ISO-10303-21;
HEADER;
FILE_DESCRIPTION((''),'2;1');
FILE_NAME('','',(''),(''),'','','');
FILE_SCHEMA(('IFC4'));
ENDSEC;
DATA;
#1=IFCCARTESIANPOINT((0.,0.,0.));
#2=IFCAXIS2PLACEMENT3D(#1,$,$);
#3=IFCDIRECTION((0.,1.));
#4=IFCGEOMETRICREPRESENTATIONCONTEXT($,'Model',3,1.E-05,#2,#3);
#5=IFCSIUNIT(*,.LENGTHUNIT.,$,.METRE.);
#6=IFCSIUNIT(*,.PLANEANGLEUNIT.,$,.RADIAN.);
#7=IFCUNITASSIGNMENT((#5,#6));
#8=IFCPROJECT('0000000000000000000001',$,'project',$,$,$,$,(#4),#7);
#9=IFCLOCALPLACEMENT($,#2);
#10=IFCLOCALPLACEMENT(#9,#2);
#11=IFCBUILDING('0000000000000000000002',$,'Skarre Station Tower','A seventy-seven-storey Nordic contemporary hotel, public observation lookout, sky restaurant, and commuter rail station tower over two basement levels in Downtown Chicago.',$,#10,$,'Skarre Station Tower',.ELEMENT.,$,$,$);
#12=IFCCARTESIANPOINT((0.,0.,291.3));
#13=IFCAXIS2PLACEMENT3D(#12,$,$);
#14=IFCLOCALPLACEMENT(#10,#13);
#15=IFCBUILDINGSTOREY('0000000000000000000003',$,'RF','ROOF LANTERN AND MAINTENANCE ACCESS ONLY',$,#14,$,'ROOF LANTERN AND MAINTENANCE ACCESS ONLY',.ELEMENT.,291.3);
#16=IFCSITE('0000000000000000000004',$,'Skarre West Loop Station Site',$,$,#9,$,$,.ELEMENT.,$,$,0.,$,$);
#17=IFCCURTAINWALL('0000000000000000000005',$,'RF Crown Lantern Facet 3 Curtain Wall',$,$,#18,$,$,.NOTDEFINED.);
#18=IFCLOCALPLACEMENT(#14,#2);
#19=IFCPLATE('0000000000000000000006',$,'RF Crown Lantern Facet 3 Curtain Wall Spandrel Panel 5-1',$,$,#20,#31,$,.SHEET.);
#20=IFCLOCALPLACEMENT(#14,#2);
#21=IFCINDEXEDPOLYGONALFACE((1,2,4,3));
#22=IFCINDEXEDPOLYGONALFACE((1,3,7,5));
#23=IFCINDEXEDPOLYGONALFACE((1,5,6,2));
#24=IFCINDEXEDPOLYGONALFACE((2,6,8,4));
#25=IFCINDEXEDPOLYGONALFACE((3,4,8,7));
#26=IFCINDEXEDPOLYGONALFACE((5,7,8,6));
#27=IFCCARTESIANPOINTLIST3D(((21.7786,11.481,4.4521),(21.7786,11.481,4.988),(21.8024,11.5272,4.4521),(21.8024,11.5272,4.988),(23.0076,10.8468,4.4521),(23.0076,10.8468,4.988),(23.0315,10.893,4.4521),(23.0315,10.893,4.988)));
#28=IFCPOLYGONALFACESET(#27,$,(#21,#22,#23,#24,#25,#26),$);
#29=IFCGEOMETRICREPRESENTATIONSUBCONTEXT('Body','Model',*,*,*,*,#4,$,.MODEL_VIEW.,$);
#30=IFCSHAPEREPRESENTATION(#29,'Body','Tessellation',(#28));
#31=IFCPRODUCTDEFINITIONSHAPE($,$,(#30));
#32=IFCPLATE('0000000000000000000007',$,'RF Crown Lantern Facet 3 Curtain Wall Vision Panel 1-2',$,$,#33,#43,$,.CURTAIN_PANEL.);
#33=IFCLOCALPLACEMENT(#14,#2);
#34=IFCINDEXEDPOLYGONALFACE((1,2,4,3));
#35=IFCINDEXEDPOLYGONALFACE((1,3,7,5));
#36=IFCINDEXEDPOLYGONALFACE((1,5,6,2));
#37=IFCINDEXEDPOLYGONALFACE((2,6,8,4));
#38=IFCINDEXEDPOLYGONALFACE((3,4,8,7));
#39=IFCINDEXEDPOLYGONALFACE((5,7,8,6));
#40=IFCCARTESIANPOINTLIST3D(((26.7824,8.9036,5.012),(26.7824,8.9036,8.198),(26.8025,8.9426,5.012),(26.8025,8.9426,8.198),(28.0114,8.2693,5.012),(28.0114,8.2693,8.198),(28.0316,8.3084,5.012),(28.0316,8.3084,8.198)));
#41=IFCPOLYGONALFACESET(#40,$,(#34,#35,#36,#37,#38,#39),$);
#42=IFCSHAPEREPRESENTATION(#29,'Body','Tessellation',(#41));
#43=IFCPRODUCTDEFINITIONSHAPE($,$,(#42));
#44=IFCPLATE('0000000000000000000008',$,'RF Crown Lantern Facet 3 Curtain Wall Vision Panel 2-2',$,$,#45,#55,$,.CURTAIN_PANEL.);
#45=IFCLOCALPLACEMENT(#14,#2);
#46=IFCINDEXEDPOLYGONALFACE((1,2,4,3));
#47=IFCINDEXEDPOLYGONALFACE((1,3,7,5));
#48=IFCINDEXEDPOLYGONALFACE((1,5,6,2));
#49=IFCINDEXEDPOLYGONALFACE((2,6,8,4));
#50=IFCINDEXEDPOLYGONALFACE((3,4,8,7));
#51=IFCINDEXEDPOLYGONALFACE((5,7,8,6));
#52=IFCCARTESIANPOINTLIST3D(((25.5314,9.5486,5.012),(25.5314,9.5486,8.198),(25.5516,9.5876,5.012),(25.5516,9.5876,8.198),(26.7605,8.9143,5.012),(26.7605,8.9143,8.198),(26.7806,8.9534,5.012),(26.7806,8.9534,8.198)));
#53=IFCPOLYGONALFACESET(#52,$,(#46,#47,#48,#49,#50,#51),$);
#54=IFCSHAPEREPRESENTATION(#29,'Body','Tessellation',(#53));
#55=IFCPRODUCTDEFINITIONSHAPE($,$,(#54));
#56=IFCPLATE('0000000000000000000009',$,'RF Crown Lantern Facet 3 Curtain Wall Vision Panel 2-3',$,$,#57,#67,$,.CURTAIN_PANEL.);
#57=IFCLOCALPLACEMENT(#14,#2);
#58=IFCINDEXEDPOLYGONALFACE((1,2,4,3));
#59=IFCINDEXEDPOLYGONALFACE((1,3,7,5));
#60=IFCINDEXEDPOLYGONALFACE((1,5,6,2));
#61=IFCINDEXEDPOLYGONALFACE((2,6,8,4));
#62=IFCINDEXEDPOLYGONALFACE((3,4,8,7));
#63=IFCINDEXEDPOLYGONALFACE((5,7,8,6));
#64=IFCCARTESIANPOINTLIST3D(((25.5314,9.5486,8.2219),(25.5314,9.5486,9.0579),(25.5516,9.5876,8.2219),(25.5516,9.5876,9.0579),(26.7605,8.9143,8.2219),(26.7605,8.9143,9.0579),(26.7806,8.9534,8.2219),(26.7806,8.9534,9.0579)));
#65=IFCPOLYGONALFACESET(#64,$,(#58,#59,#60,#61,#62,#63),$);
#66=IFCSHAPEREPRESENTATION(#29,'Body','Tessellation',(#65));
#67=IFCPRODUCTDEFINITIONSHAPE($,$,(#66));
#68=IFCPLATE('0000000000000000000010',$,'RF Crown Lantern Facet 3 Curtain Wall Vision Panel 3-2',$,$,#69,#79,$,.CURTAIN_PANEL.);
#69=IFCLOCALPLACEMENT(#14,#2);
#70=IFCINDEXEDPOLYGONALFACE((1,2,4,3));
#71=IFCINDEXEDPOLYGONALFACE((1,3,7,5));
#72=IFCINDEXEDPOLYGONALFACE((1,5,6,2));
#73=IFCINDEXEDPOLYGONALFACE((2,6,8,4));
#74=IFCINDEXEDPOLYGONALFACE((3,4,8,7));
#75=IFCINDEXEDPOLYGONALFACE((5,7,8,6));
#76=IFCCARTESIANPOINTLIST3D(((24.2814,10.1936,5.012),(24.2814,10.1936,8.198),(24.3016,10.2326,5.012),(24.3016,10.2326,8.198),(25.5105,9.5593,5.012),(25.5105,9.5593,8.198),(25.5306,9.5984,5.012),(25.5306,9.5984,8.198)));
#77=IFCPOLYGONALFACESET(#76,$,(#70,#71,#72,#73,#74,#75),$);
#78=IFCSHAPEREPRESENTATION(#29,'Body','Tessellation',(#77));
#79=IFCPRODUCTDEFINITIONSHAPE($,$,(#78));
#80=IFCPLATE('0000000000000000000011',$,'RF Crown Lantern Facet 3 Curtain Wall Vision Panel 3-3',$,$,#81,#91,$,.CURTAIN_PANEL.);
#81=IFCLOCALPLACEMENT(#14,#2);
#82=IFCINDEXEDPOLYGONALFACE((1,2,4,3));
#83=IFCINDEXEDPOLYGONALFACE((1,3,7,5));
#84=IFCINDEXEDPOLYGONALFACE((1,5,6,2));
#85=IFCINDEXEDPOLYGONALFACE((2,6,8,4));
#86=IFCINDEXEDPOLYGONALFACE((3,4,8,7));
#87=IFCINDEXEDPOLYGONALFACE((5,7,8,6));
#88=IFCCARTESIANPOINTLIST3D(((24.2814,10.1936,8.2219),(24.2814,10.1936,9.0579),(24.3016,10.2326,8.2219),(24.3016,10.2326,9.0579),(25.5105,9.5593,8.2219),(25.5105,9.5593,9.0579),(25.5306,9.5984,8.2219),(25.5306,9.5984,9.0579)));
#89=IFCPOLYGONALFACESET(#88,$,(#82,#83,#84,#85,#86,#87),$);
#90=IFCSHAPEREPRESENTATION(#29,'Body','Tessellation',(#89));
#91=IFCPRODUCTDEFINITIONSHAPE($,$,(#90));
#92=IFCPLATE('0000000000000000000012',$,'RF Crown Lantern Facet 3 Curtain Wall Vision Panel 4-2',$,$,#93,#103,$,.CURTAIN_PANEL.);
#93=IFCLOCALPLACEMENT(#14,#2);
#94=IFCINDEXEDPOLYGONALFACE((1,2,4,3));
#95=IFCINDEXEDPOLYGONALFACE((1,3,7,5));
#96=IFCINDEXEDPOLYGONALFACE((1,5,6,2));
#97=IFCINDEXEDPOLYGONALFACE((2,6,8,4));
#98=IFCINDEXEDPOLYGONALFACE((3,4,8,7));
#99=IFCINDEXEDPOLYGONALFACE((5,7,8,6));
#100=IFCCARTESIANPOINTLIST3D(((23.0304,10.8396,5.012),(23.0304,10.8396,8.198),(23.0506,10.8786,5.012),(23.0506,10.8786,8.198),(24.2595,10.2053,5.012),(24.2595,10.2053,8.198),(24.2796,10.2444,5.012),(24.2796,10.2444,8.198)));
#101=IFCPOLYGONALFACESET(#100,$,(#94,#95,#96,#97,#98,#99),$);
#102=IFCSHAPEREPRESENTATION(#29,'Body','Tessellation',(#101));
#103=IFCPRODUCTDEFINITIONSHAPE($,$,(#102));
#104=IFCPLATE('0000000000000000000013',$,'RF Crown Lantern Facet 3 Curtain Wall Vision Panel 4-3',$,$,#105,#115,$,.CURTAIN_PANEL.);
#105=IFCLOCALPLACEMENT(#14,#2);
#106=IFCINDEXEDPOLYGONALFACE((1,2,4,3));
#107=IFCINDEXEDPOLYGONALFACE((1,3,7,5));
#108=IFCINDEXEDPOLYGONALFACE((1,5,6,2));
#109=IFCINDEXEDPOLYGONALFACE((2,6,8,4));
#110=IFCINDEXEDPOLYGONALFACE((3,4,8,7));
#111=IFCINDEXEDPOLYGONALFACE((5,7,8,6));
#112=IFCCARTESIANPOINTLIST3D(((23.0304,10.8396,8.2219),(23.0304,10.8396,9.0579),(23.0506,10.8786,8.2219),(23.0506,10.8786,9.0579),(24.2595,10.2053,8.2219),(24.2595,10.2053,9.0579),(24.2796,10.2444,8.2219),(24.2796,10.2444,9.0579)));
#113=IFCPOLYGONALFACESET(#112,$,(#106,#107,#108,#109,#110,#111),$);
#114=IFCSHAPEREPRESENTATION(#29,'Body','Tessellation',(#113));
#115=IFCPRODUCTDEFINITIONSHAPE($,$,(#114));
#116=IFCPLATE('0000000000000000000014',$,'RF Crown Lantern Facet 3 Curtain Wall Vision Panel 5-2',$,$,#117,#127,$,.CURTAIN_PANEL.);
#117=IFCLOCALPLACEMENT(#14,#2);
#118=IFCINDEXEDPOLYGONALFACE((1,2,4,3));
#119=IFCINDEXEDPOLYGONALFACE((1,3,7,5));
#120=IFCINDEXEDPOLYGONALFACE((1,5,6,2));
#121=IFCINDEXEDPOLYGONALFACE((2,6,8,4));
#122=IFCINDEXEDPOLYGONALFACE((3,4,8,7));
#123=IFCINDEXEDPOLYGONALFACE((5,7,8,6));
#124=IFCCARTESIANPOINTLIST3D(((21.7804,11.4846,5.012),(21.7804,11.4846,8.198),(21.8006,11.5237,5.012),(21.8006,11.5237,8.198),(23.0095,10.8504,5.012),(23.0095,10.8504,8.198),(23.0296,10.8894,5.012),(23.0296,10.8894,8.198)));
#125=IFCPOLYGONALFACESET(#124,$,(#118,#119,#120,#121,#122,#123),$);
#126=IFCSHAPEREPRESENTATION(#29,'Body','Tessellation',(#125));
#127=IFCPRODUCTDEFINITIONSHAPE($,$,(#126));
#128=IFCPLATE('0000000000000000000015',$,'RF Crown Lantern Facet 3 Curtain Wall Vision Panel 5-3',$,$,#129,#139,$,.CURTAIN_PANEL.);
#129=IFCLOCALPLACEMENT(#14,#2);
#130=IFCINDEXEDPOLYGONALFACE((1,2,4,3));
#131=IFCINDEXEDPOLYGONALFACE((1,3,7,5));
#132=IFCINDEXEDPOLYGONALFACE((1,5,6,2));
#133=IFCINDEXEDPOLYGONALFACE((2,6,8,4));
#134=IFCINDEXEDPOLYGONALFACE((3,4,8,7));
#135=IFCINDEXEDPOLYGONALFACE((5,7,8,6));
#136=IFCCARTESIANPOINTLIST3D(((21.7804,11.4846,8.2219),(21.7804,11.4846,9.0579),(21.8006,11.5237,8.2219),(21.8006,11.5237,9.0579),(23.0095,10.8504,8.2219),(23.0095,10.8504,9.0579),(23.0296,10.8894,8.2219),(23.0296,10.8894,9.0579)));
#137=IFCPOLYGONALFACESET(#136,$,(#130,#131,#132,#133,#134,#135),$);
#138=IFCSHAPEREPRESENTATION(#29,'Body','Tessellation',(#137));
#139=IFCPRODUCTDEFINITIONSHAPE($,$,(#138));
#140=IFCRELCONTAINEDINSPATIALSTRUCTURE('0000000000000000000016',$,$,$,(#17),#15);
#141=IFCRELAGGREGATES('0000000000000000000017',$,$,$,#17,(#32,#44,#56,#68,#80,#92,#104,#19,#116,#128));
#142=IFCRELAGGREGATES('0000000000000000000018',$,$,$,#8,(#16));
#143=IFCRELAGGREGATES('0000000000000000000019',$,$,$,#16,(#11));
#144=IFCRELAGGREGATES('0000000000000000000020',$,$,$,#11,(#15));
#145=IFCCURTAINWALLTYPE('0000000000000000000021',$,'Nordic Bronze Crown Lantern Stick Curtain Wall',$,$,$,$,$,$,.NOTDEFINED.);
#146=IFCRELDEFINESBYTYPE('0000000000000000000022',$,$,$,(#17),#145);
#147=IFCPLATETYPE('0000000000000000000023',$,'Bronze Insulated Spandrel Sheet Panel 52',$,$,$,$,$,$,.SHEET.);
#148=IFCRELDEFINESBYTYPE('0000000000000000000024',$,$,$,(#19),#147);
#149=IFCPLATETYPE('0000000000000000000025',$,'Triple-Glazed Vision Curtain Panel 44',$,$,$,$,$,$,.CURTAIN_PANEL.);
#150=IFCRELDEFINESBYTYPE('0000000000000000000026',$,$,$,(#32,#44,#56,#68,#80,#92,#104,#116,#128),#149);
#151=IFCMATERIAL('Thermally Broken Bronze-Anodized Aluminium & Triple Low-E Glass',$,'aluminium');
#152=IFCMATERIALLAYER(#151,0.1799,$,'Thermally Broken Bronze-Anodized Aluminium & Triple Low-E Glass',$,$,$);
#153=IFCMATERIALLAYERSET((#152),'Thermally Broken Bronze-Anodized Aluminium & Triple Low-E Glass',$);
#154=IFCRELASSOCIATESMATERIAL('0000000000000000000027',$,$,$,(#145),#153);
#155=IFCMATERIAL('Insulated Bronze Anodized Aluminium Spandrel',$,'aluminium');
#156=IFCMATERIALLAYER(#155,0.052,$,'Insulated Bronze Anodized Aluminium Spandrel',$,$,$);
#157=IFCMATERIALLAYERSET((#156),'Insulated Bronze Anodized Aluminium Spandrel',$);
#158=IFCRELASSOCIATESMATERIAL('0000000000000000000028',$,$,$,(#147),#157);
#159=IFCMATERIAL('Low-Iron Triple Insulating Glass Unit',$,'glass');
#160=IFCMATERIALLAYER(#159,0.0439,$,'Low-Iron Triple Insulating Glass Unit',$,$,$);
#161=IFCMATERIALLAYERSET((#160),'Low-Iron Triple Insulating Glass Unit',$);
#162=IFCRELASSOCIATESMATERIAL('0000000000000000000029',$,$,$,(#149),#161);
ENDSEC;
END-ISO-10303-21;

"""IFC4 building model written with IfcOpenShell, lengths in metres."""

from ifc_helpers import new_model, si_unit, direction, frame, origin, origin_2d, place, context, subcontext, project, spatial, rectangle, extrude, material, layer, layer_set, type_object, element, aggregate, save


model = new_model("IFC4")

# Units and contexts
model_context = context("Model", 3, precision=1e-05, world=origin(), true_north=direction((0.0, 1.0)))
body_context = subcontext(model_context, "Body", "Model", "MODEL_VIEW")
ifc_project = project(units=[si_unit("LENGTHUNIT", "METRE"), si_unit("PLANEANGLEUNIT", "RADIAN")], contexts=[model_context])

# Site, building, storey
site_placement = place(None, origin())
site = spatial("IfcSite", under=ifc_project, at=site_placement, Name="Skarre West Loop Station Site", CompositionType="ELEMENT", RefElevation=0.0)
building_placement = place(site_placement, origin())
building = spatial("IfcBuilding", under=site, at=building_placement, Name="Skarre Station Tower", Description="A seventy-seven-storey Nordic contemporary hotel, public observation lookout, sky restaurant, and commuter rail station tower over two basement levels in Downtown Chicago.", LongName="Skarre Station Tower", CompositionType="ELEMENT")
storey_placement = place(building_placement, frame((0.0, 0.0, 291.3)))
storey = spatial("IfcBuildingStorey", under=building, at=storey_placement, Name="RF", Description="ROOF LANTERN AND MAINTENANCE ACCESS ONLY", LongName="ROOF LANTERN AND MAINTENANCE ACCESS ONLY", CompositionType="ELEMENT", Elevation=291.3)

# Curtain wall
ifc_material_1 = material(Name="Thermally Broken Bronze-Anodized Aluminium & Triple Low-E Glass", Category="aluminium")
ifc_layer_1 = layer(ifc_material_1, 0.1799, Name="Thermally Broken Bronze-Anodized Aluminium & Triple Low-E Glass")
ifc_layer_set_1 = layer_set([ifc_layer_1], Name="Thermally Broken Bronze-Anodized Aluminium & Triple Low-E Glass")
curtain_wall_type = type_object("IfcCurtainWallType", Name="Nordic Bronze Crown Lantern Stick Curtain Wall", PredefinedType="NOTDEFINED", material=ifc_layer_set_1)
curtain_wall_placement = place(storey_placement, origin())
curtain_wall = element("IfcCurtainWall", 1, at=curtain_wall_placement, inside=storey, type_object=curtain_wall_type, Name="RF Crown Lantern Facet 3 Curtain Wall", PredefinedType="NOTDEFINED")

# Plates
ifc_material_2 = material(Name="Insulated Bronze Anodized Aluminium Spandrel", Category="aluminium")
ifc_layer_2 = layer(ifc_material_2, 0.052, Name="Insulated Bronze Anodized Aluminium Spandrel")
ifc_layer_set_2 = layer_set([ifc_layer_2], Name="Insulated Bronze Anodized Aluminium Spandrel")
plate_type_1 = type_object("IfcPlateType", Name="Bronze Insulated Spandrel Sheet Panel 52", PredefinedType="SHEET", material=ifc_layer_set_2)
plate_1_placement = place(storey_placement, frame((22.405, 11.187, 4.4521), z_axis=(0.0, 0.0, 1.0), x_axis=(-0.888649, 0.458588, 0.0)))
plate_1 = element("IfcPlate", 2, at=plate_1_placement, type_object=plate_type_1, Name="RF Crown Lantern Facet 3 Curtain Wall Spandrel Panel 5-1", PredefinedType="SHEET", context=body_context, shape_type="SweptSolid", body=[
    extrude(rectangle(XDim=1.3831, YDim=0.052, at=origin_2d()), origin(), (0.0, 0.0, 1.0), 0.5359),
])
ifc_material_3 = material(Name="Low-Iron Triple Insulating Glass Unit", Category="glass")
ifc_layer_3 = layer(ifc_material_3, 0.0439, Name="Low-Iron Triple Insulating Glass Unit")
ifc_layer_set_3 = layer_set([ifc_layer_3], Name="Low-Iron Triple Insulating Glass Unit")
plate_type_2 = type_object("IfcPlateType", Name="Triple-Glazed Vision Curtain Panel 44", PredefinedType="CURTAIN_PANEL", material=ifc_layer_set_3)
plate_2_placement = place(storey_placement, frame((27.407, 8.606, 5.012), z_axis=(0.0, 0.0, 1.0), x_axis=(-0.888649, 0.458588, 0.0)))
plate_2 = element("IfcPlate", 3, at=plate_2_placement, type_object=plate_type_2, Name="RF Crown Lantern Facet 3 Curtain Wall Vision Panel 1-2", PredefinedType="CURTAIN_PANEL", context=body_context, shape_type="SweptSolid", body=[
    extrude(rectangle(XDim=1.3831, YDim=0.0439, at=origin_2d()), origin(), (0.0, 0.0, 1.0), 3.186),
])
plate_3_placement = place(storey_placement, frame((26.156, 9.251, 5.012), z_axis=(0.0, 0.0, 1.0), x_axis=(-0.888649, 0.458588, 0.0)))
plate_3 = element("IfcPlate", 4, at=plate_3_placement, type_object=plate_type_2, Name="RF Crown Lantern Facet 3 Curtain Wall Vision Panel 2-2", PredefinedType="CURTAIN_PANEL", context=body_context, shape_type="SweptSolid", body=[
    extrude(rectangle(XDim=1.3831, YDim=0.0439, at=origin_2d()), origin(), (0.0, 0.0, 1.0), 3.186),
])
plate_4_placement = place(storey_placement, frame((26.156, 9.251, 8.2219), z_axis=(0.0, 0.0, 1.0), x_axis=(-0.888649, 0.458588, 0.0)))
plate_4 = element("IfcPlate", 5, at=plate_4_placement, type_object=plate_type_2, Name="RF Crown Lantern Facet 3 Curtain Wall Vision Panel 2-3", PredefinedType="CURTAIN_PANEL", context=body_context, shape_type="SweptSolid", body=[
    extrude(rectangle(XDim=1.3831, YDim=0.0439, at=origin_2d()), origin(), (0.0, 0.0, 1.0), 0.8359),
])
plate_5_placement = place(storey_placement, frame((24.906, 9.896, 5.012), z_axis=(0.0, 0.0, 1.0), x_axis=(-0.888649, 0.458588, 0.0)))
plate_5 = element("IfcPlate", 6, at=plate_5_placement, type_object=plate_type_2, Name="RF Crown Lantern Facet 3 Curtain Wall Vision Panel 3-2", PredefinedType="CURTAIN_PANEL", context=body_context, shape_type="SweptSolid", body=[
    extrude(rectangle(XDim=1.3831, YDim=0.0439, at=origin_2d()), origin(), (0.0, 0.0, 1.0), 3.186),
])
plate_6_placement = place(storey_placement, frame((24.906, 9.896, 8.2219), z_axis=(0.0, 0.0, 1.0), x_axis=(-0.888649, 0.458588, 0.0)))
plate_6 = element("IfcPlate", 7, at=plate_6_placement, type_object=plate_type_2, Name="RF Crown Lantern Facet 3 Curtain Wall Vision Panel 3-3", PredefinedType="CURTAIN_PANEL", context=body_context, shape_type="SweptSolid", body=[
    extrude(rectangle(XDim=1.3831, YDim=0.0439, at=origin_2d()), origin(), (0.0, 0.0, 1.0), 0.8359),
])
plate_7_placement = place(storey_placement, frame((23.655, 10.542, 5.012), z_axis=(0.0, 0.0, 1.0), x_axis=(-0.888649, 0.458588, 0.0)))
plate_7 = element("IfcPlate", 8, at=plate_7_placement, type_object=plate_type_2, Name="RF Crown Lantern Facet 3 Curtain Wall Vision Panel 4-2", PredefinedType="CURTAIN_PANEL", context=body_context, shape_type="SweptSolid", body=[
    extrude(rectangle(XDim=1.3831, YDim=0.0439, at=origin_2d()), origin(), (0.0, 0.0, 1.0), 3.186),
])
plate_8_placement = place(storey_placement, frame((23.655, 10.542, 8.2219), z_axis=(0.0, 0.0, 1.0), x_axis=(-0.888649, 0.458588, 0.0)))
plate_8 = element("IfcPlate", 9, at=plate_8_placement, type_object=plate_type_2, Name="RF Crown Lantern Facet 3 Curtain Wall Vision Panel 4-3", PredefinedType="CURTAIN_PANEL", context=body_context, shape_type="SweptSolid", body=[
    extrude(rectangle(XDim=1.3831, YDim=0.0439, at=origin_2d()), origin(), (0.0, 0.0, 1.0), 0.8359),
])
plate_9_placement = place(storey_placement, frame((22.405, 11.187, 5.012), z_axis=(0.0, 0.0, 1.0), x_axis=(-0.888649, 0.458588, 0.0)))
plate_9 = element("IfcPlate", 10, at=plate_9_placement, type_object=plate_type_2, Name="RF Crown Lantern Facet 3 Curtain Wall Vision Panel 5-2", PredefinedType="CURTAIN_PANEL", context=body_context, shape_type="SweptSolid", body=[
    extrude(rectangle(XDim=1.3831, YDim=0.0439, at=origin_2d()), origin(), (0.0, 0.0, 1.0), 3.186),
])
plate_10_placement = place(storey_placement, frame((22.405, 11.187, 8.2219), z_axis=(0.0, 0.0, 1.0), x_axis=(-0.888649, 0.458588, 0.0)))
plate_10 = element("IfcPlate", 11, at=plate_10_placement, type_object=plate_type_2, Name="RF Crown Lantern Facet 3 Curtain Wall Vision Panel 5-3", PredefinedType="CURTAIN_PANEL", context=body_context, shape_type="SweptSolid", body=[
    extrude(rectangle(XDim=1.3831, YDim=0.0439, at=origin_2d()), origin(), (0.0, 0.0, 1.0), 0.8359),
])
aggregate(curtain_wall, [plate_2, plate_3, plate_4, plate_5, plate_6, plate_7, plate_8, plate_1, plate_9, plate_10])

save(model, "model.ifc")
